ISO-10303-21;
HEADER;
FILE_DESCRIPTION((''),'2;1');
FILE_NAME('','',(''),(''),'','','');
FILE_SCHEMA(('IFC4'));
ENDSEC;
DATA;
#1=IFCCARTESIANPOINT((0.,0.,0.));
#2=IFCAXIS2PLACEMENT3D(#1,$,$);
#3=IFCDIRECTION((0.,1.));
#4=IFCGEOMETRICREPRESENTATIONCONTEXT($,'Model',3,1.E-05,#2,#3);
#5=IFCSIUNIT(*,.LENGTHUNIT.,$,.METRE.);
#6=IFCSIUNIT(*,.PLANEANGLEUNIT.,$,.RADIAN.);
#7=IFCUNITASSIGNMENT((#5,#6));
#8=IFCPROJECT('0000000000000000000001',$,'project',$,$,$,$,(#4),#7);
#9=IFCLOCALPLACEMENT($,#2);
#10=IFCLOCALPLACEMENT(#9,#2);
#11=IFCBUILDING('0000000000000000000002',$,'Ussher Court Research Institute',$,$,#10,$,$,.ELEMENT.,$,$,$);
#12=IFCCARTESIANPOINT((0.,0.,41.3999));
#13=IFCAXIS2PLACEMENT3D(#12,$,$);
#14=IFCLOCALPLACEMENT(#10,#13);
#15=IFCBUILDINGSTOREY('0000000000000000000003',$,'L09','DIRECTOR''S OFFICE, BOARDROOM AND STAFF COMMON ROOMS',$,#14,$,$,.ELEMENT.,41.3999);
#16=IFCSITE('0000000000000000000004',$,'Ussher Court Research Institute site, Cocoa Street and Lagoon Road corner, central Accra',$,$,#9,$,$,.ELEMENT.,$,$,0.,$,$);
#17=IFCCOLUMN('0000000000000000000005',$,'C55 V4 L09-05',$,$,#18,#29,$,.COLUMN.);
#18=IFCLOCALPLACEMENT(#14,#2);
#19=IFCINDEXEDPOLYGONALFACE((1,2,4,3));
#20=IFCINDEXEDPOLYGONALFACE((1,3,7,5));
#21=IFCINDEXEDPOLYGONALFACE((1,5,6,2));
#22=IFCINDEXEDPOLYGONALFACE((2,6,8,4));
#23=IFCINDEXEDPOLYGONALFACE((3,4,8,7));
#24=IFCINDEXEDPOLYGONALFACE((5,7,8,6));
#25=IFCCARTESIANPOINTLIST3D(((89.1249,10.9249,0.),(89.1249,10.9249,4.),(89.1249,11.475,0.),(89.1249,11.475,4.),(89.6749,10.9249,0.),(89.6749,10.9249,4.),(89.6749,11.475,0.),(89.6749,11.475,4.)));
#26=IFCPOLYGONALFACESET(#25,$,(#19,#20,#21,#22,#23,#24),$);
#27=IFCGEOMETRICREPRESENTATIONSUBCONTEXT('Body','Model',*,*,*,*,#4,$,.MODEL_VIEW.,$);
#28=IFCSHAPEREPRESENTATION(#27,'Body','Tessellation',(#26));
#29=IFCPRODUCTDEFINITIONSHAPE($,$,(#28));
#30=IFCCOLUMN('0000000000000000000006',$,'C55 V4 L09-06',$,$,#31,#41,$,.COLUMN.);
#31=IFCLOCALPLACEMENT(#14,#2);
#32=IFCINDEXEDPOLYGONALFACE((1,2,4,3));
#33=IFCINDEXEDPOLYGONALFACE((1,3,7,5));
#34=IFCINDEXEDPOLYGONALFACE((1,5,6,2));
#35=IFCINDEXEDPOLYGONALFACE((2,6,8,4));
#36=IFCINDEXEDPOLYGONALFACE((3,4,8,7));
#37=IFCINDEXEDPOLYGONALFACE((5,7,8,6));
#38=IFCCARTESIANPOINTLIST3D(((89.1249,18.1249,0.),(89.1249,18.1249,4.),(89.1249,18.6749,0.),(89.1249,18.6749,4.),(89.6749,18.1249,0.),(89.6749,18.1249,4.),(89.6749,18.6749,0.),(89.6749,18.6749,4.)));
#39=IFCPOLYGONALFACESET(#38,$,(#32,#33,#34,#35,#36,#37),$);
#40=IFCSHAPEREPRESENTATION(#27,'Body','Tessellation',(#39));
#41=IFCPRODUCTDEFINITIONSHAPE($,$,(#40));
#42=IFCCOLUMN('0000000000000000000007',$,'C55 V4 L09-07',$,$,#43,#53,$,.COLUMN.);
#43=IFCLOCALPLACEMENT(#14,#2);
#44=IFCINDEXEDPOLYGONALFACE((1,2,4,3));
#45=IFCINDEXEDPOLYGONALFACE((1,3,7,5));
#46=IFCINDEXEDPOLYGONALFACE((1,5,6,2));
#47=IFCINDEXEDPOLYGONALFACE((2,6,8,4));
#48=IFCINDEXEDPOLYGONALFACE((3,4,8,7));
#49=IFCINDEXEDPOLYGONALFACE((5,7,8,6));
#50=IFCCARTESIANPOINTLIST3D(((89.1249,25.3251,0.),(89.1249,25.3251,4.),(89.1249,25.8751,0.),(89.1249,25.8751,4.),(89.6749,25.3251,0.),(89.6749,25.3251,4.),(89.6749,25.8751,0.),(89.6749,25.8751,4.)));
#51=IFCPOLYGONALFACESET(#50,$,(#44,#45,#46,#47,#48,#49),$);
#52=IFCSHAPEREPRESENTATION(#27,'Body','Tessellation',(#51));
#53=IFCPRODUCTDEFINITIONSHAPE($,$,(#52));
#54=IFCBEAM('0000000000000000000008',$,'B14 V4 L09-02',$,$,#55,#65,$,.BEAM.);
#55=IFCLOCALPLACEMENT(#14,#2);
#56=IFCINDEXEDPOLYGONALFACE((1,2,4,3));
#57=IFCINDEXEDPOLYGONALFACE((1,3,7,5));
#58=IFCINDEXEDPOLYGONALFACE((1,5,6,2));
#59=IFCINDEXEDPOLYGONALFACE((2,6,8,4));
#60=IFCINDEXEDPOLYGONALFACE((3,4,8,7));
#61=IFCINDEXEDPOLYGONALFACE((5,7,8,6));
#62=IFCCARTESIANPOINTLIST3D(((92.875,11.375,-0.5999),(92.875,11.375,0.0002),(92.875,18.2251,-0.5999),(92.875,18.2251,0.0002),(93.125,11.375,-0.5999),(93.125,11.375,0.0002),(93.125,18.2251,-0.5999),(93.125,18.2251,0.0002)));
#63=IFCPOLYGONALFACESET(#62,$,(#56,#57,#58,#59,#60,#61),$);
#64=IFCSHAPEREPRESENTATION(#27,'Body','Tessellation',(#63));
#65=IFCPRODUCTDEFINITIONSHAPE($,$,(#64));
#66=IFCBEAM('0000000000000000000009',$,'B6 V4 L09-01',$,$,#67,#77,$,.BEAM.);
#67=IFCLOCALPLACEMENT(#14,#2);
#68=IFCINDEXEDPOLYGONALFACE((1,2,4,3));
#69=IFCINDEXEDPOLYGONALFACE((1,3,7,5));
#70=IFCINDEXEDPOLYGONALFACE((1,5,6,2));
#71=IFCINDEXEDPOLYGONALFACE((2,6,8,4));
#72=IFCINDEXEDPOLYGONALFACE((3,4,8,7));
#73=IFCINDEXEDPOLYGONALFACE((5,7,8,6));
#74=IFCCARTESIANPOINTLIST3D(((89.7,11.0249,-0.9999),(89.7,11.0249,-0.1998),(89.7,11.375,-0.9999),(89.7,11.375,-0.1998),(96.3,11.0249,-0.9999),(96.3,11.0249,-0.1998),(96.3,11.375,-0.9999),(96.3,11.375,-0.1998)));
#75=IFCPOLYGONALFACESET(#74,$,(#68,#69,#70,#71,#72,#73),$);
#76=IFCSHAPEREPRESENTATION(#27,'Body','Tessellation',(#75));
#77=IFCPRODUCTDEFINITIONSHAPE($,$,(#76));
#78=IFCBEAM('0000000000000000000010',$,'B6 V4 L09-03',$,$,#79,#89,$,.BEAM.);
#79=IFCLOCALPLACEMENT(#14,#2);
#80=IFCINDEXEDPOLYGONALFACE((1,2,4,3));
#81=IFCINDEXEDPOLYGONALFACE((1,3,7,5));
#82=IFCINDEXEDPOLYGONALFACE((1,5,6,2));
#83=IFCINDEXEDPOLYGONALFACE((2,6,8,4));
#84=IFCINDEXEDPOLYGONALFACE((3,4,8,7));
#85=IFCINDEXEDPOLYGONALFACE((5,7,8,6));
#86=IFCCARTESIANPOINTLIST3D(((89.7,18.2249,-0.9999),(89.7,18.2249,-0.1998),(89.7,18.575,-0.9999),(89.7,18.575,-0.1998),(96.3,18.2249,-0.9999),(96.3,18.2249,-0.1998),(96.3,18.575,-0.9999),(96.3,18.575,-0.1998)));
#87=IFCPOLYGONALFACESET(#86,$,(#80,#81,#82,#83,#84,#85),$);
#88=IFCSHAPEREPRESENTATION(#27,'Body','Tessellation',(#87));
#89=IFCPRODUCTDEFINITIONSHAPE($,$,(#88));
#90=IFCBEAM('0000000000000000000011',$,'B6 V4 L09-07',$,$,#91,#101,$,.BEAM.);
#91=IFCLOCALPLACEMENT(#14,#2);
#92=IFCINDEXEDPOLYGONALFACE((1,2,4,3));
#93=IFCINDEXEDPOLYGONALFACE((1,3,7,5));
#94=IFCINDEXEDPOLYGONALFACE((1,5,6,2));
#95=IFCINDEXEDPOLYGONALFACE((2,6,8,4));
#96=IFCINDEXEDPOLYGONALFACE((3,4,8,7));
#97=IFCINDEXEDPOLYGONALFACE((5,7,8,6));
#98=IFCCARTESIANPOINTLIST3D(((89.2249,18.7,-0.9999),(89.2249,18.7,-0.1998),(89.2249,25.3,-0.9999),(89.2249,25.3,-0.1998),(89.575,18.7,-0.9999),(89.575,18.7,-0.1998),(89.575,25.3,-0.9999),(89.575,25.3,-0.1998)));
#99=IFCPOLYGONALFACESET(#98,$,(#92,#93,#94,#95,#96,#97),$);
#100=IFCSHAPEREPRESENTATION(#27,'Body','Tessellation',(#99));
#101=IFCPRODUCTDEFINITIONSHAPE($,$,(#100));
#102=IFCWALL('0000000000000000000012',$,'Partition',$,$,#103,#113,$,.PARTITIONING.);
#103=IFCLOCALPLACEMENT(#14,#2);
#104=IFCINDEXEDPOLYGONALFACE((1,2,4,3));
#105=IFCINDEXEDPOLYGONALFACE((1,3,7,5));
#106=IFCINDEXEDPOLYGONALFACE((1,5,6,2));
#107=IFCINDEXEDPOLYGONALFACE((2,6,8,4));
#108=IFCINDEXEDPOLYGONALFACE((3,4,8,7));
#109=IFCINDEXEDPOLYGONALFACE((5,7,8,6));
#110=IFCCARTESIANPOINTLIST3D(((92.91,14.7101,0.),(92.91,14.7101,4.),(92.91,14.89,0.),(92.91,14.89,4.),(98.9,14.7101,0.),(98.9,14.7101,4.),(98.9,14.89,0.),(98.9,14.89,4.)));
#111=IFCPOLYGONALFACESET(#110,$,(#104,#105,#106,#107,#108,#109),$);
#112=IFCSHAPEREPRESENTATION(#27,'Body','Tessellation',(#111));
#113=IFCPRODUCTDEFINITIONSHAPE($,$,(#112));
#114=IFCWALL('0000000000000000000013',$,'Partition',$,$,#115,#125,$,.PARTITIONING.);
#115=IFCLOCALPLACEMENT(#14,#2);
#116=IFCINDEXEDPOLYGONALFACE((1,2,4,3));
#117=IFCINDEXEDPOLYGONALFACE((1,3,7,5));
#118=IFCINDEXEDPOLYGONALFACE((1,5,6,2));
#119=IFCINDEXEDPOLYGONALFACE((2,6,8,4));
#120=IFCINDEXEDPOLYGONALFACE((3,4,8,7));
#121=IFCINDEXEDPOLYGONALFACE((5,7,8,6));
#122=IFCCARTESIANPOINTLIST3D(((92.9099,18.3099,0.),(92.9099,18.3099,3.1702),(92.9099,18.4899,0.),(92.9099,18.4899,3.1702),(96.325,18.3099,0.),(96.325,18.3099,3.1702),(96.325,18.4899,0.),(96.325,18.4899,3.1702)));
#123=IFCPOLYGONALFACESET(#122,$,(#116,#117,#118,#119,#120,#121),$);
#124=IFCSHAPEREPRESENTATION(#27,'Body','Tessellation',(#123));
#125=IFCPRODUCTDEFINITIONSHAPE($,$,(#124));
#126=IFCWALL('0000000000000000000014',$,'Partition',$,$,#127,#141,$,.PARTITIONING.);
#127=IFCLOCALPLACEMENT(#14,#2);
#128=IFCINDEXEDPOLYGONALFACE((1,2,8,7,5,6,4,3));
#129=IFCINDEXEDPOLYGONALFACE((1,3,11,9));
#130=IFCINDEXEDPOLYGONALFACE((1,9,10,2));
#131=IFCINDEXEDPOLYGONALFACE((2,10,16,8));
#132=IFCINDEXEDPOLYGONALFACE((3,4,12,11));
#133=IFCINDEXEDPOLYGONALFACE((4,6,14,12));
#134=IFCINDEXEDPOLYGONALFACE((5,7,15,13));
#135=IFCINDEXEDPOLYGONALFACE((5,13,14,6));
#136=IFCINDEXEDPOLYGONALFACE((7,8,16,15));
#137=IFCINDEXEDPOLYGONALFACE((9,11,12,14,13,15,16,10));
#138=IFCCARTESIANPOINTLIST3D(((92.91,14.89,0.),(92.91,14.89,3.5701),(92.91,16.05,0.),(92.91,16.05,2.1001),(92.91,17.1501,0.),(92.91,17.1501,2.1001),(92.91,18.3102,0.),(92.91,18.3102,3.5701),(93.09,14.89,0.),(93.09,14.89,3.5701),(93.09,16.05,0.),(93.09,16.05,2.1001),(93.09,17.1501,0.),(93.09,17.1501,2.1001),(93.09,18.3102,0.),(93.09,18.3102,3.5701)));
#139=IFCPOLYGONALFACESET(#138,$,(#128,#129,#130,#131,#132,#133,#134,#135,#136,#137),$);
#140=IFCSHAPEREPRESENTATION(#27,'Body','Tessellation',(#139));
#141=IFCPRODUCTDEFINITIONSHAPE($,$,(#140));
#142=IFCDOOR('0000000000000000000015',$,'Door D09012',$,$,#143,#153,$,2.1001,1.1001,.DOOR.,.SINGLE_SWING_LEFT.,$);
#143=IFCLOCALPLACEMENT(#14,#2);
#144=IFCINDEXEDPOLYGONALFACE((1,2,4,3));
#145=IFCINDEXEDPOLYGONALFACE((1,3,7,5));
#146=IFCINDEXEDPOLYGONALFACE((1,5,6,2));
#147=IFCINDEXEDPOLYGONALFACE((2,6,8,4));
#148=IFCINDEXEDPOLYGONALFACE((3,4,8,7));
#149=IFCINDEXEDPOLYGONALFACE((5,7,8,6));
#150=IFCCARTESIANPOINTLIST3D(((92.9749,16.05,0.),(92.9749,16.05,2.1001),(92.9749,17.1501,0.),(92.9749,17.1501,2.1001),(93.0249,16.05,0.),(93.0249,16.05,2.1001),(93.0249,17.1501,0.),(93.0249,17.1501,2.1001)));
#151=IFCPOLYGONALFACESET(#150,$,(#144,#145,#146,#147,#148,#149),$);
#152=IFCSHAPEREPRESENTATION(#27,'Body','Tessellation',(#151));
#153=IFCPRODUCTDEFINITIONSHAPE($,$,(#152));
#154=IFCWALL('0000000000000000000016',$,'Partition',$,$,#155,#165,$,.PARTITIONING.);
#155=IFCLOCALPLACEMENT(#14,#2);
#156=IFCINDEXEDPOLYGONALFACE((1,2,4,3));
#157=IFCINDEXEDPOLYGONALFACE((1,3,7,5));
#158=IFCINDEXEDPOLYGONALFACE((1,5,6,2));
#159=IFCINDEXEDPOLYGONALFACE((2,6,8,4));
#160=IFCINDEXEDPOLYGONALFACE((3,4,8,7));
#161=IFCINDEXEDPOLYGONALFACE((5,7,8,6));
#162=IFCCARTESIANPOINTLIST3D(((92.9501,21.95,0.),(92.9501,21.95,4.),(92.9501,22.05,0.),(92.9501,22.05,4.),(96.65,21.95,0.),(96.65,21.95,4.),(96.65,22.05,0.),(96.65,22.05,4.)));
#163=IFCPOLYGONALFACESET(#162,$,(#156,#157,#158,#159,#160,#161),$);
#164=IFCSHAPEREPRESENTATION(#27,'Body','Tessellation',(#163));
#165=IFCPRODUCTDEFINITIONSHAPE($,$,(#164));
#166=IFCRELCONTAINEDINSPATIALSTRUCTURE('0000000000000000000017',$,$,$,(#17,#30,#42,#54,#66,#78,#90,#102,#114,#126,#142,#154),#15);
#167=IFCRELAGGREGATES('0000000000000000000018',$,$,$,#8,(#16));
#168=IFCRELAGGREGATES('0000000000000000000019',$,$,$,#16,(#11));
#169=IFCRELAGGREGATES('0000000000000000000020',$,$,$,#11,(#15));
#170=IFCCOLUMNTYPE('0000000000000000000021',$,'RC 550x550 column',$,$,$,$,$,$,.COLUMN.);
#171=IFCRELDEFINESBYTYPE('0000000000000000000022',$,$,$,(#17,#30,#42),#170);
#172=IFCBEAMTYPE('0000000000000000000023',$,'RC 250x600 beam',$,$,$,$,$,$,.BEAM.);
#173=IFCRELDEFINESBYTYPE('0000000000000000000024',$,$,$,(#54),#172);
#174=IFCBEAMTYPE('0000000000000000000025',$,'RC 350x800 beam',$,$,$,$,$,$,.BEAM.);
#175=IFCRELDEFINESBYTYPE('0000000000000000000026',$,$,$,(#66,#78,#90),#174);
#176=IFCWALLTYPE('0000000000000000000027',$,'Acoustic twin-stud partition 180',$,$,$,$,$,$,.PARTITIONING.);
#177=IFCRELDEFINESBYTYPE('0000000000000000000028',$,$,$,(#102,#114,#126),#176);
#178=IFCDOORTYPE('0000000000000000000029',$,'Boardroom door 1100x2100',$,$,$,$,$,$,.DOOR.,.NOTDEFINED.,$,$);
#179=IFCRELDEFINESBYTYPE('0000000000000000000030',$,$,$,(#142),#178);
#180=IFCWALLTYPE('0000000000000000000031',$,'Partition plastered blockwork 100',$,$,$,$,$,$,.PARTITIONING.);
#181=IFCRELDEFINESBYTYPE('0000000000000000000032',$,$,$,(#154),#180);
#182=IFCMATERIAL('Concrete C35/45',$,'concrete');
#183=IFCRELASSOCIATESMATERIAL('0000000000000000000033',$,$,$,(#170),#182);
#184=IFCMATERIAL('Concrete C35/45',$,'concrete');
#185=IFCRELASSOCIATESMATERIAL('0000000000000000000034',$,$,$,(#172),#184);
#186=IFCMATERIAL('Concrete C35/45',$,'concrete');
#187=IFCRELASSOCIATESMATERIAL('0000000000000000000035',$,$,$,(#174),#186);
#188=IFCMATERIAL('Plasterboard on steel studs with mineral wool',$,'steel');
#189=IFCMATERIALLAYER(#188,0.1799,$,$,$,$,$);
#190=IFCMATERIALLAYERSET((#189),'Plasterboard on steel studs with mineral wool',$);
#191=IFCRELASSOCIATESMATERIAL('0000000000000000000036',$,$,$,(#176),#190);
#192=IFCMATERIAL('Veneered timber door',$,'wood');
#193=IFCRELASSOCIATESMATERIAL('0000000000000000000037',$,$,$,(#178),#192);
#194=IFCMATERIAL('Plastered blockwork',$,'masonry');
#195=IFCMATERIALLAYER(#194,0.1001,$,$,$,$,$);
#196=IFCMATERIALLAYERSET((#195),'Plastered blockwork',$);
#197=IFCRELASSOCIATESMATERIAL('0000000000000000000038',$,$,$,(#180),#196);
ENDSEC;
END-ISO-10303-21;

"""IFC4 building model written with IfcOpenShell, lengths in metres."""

from ifc_helpers import new_model, si_unit, direction, frame, frame_2d, origin, origin_2d, place, context, subcontext, project, spatial, rectangle, extrude, material, layer, layer_set, material_profile, profile_set, type_object, element, fill, save


model = new_model("IFC4")

# Units and contexts
model_context = context("Model", 3, precision=1e-05, world=origin(), true_north=direction((0.0, 1.0)))
body_context = subcontext(model_context, "Body", "Model", "MODEL_VIEW")
ifc_project = project(units=[si_unit("LENGTHUNIT", "METRE"), si_unit("PLANEANGLEUNIT", "RADIAN")], contexts=[model_context])

# Site, building, storey
site_placement = place(None, origin())
site = spatial("IfcSite", under=ifc_project, at=site_placement, Name="Ussher Court Research Institute site, Cocoa Street and Lagoon Road corner, central Accra", CompositionType="ELEMENT", RefElevation=0.0)
building_placement = place(site_placement, origin())
building = spatial("IfcBuilding", under=site, at=building_placement, Name="Ussher Court Research Institute", CompositionType="ELEMENT")
storey_placement = place(building_placement, frame((0.0, 0.0, 41.3999)))
storey = spatial("IfcBuildingStorey", under=building, at=storey_placement, Name="L09", Description="DIRECTOR'S OFFICE, BOARDROOM AND STAFF COMMON ROOMS", CompositionType="ELEMENT", Elevation=41.3999)

# Columns
ifc_material_1 = material(Name="Concrete C35/45", Category="concrete")
ifc_material_profile_1 = material_profile(ifc_material_1, rectangle(XDim=0.55, YDim=0.55, at=origin_2d()), Name="RC 550x550")
ifc_profile_set_1 = profile_set([ifc_material_profile_1], Name="Concrete C35/45")
column_type = type_object("IfcColumnType", Name="RC 550x550 column", PredefinedType="COLUMN", material=ifc_profile_set_1)
for number, where, z_axis, x_axis, name in (
    (1, (89.3999, 11.2, 0.0), (0.0, 0.0, 1.0), (1.0, 0.0, 0.0), "C55 V4 L09-05"),
    (2, (89.3999, 18.3999, 0.0), (0.0, 0.0, 1.0), (1.0, 0.0, 0.0), "C55 V4 L09-06"),
    (3, (89.3999, 25.6001, 0.0), (0.0, 0.0, 1.0), (1.0, 0.0, 0.0), "C55 V4 L09-07"),
):
    element("IfcColumn", number, at=place(storey_placement, frame(where, z_axis=z_axis, x_axis=x_axis)), inside=storey, type_object=column_type, Name=name, PredefinedType="COLUMN", context=body_context, shape_type="SweptSolid", body=[
        extrude(rectangle(XDim=0.55, YDim=0.55, at=origin_2d()), origin(), (0.0, 0.0, 1.0), 4.0),
    ])

# Beams
ifc_material_2 = material(Name="Concrete C35/45", Category="concrete")
ifc_material_profile_2 = material_profile(ifc_material_2, rectangle(XDim=0.25, YDim=0.6001, at=origin_2d()), Name="RC 250x600")
ifc_profile_set_2 = profile_set([ifc_material_profile_2], Name="Concrete C35/45")
beam_type_1 = type_object("IfcBeamType", Name="RC 250x600 beam", PredefinedType="BEAM", material=ifc_profile_set_2)
beam_placement = place(storey_placement, frame((93.0, 11.375, -0.2998), z_axis=(0.0, 1.0, 0.0), x_axis=(-1.0, 0.0, 0.0)))
element("IfcBeam", 4, at=beam_placement, inside=storey, type_object=beam_type_1, Name="B14 V4 L09-02", PredefinedType="BEAM", context=body_context, shape_type="SweptSolid", body=[
    extrude(rectangle(XDim=0.25, YDim=0.6001, at=origin_2d()), origin(), (0.0, 0.0, 1.0), 6.8501),
])
ifc_material_3 = material(Name="Concrete C35/45", Category="concrete")
ifc_material_profile_3 = material_profile(ifc_material_3, rectangle(XDim=0.3501, YDim=0.8, at=origin_2d()), Name="RC 350x800")
ifc_profile_set_3 = profile_set([ifc_material_profile_3], Name="Concrete C35/45")
beam_type_2 = type_object("IfcBeamType", Name="RC 350x800 beam", PredefinedType="BEAM", material=ifc_profile_set_3)
for number, where, z_axis, x_axis, name in (
    (5, (89.7, 11.2, -0.5999), (1.0, 0.0, 0.0), (0.0, 1.0, 0.0), "B6 V4 L09-01"),
    (6, (89.7, 18.3999, -0.5999), (1.0, 0.0, 0.0), (0.0, 1.0, 0.0), "B6 V4 L09-03"),
    (7, (89.3999, 18.7, -0.5999), (0.0, 1.0, 0.0), (-1.0, 0.0, 0.0), "B6 V4 L09-07"),
):
    element("IfcBeam", number, at=place(storey_placement, frame(where, z_axis=z_axis, x_axis=x_axis)), inside=storey, type_object=beam_type_2, Name=name, PredefinedType="BEAM", context=body_context, shape_type="SweptSolid", body=[
        extrude(rectangle(XDim=0.3501, YDim=0.8, at=origin_2d()), origin(), (0.0, 0.0, 1.0), 6.6001),
    ])

# Walls
ifc_material_4 = material(Name="Plasterboard on steel studs with mineral wool", Category="steel")
ifc_layer_1 = layer(ifc_material_4, 0.1799)
ifc_layer_set_1 = layer_set([ifc_layer_1], Name="Plasterboard on steel studs with mineral wool")
wall_type_1 = type_object("IfcWallType", Name="Acoustic twin-stud partition 180", PredefinedType="PARTITIONING", material=ifc_layer_set_1)
wall_1_placement = place(storey_placement, frame((92.9099, 14.8, 0.0), z_axis=(0.0, 0.0, 1.0), x_axis=(1.0, 0.0, 0.0)))
element("IfcWall", 8, at=wall_1_placement, inside=storey, type_object=wall_type_1, Name="Partition", PredefinedType="PARTITIONING", context=body_context, shape_type="SweptSolid", body=[
    extrude(rectangle(XDim=5.99, YDim=0.1799, at=frame_2d((2.9951, 0.0))), origin(), (0.0, 0.0, 1.0), 4.0),
])
wall_2_placement = place(storey_placement, frame((92.9099, 18.3999, 0.0), z_axis=(0.0, 0.0, 1.0), x_axis=(1.0, 0.0, 0.0)))
element("IfcWall", 9, at=wall_2_placement, inside=storey, type_object=wall_type_1, Name="Partition", PredefinedType="PARTITIONING", context=body_context, shape_type="SweptSolid", body=[
    extrude(rectangle(XDim=3.415, YDim=0.1799, at=frame_2d((1.7075, 0.0))), origin(), (0.0, 0.0, 1.0), 3.1702),
])

# Wall, opening, door
wall_3_placement = place(storey_placement, frame((93.0, 18.3101, 0.0), z_axis=(0.0, 0.0, 1.0), x_axis=(0.0, -1.0, 0.0)))
wall_3 = element("IfcWall", 10, at=wall_3_placement, inside=storey, type_object=wall_type_1, Name="Partition", PredefinedType="PARTITIONING", context=body_context, shape_type="SweptSolid", body=[
    extrude(rectangle(XDim=3.4202, YDim=0.1799, at=frame_2d((1.71, 0.0))), origin(), (0.0, 0.0, 1.0), 3.5701),
])
opening_1_placement = place(wall_3_placement, frame((1.1599, 0.0, 0.0)))
opening_1 = element("IfcOpeningElement", 11, at=opening_1_placement, cuts=wall_3, PredefinedType="OPENING", context=body_context, shape_type="SweptSolid", body=[
    extrude(rectangle(XDim=1.1001, YDim=2.1001, at=frame_2d((0.55, 1.05))), frame((0.0, 0.1001, 0.0), z_axis=(0.0, -1.0, 0.0), x_axis=(1.0, 0.0, 0.0)), (0.0, 0.0, 1.0), 0.2),
])
ifc_material_5 = material(Name="Veneered timber door", Category="wood")
door_type_1 = type_object("IfcDoorType", Name="Boardroom door 1100x2100", OperationType="NOTDEFINED", PredefinedType="DOOR", material=ifc_material_5)
door_1_placement = place(opening_1_placement, origin())
door_1 = element("IfcDoor", 12, at=door_1_placement, inside=storey, type_object=door_type_1, Name="Door D09012", OperationType="SINGLE_SWING_LEFT", OverallHeight=2.1001, OverallWidth=1.1001, PredefinedType="DOOR", context=body_context, shape_type="SweptSolid", body=[
    extrude(rectangle(XDim=1.1001, YDim=2.1001, at=frame_2d((0.55, 1.05))), frame((0.0, 0.0249, 0.0), z_axis=(0.0, -1.0, 0.0), x_axis=(1.0, 0.0, 0.0)), (0.0, 0.0, 1.0), 0.05),
])
fill(opening_1, door_1)

# Wall
ifc_material_6 = material(Name="Plastered blockwork", Category="masonry")
ifc_layer_2 = layer(ifc_material_6, 0.1001)
ifc_layer_set_2 = layer_set([ifc_layer_2], Name="Plastered blockwork")
wall_type_2 = type_object("IfcWallType", Name="Partition plastered blockwork 100", PredefinedType="PARTITIONING", material=ifc_layer_set_2)
wall_4_placement = place(storey_placement, frame((92.95, 22.0, 0.0), z_axis=(0.0, 0.0, 1.0), x_axis=(1.0, 0.0, 0.0)))
element("IfcWall", 13, at=wall_4_placement, inside=storey, type_object=wall_type_2, Name="Partition", PredefinedType="PARTITIONING", context=body_context, shape_type="SweptSolid", body=[
    extrude(rectangle(XDim=3.7, YDim=0.1001, at=frame_2d((1.8501, 0.0))), origin(), (0.0, 0.0, 1.0), 4.0),
])

save(model, "model.ifc")
